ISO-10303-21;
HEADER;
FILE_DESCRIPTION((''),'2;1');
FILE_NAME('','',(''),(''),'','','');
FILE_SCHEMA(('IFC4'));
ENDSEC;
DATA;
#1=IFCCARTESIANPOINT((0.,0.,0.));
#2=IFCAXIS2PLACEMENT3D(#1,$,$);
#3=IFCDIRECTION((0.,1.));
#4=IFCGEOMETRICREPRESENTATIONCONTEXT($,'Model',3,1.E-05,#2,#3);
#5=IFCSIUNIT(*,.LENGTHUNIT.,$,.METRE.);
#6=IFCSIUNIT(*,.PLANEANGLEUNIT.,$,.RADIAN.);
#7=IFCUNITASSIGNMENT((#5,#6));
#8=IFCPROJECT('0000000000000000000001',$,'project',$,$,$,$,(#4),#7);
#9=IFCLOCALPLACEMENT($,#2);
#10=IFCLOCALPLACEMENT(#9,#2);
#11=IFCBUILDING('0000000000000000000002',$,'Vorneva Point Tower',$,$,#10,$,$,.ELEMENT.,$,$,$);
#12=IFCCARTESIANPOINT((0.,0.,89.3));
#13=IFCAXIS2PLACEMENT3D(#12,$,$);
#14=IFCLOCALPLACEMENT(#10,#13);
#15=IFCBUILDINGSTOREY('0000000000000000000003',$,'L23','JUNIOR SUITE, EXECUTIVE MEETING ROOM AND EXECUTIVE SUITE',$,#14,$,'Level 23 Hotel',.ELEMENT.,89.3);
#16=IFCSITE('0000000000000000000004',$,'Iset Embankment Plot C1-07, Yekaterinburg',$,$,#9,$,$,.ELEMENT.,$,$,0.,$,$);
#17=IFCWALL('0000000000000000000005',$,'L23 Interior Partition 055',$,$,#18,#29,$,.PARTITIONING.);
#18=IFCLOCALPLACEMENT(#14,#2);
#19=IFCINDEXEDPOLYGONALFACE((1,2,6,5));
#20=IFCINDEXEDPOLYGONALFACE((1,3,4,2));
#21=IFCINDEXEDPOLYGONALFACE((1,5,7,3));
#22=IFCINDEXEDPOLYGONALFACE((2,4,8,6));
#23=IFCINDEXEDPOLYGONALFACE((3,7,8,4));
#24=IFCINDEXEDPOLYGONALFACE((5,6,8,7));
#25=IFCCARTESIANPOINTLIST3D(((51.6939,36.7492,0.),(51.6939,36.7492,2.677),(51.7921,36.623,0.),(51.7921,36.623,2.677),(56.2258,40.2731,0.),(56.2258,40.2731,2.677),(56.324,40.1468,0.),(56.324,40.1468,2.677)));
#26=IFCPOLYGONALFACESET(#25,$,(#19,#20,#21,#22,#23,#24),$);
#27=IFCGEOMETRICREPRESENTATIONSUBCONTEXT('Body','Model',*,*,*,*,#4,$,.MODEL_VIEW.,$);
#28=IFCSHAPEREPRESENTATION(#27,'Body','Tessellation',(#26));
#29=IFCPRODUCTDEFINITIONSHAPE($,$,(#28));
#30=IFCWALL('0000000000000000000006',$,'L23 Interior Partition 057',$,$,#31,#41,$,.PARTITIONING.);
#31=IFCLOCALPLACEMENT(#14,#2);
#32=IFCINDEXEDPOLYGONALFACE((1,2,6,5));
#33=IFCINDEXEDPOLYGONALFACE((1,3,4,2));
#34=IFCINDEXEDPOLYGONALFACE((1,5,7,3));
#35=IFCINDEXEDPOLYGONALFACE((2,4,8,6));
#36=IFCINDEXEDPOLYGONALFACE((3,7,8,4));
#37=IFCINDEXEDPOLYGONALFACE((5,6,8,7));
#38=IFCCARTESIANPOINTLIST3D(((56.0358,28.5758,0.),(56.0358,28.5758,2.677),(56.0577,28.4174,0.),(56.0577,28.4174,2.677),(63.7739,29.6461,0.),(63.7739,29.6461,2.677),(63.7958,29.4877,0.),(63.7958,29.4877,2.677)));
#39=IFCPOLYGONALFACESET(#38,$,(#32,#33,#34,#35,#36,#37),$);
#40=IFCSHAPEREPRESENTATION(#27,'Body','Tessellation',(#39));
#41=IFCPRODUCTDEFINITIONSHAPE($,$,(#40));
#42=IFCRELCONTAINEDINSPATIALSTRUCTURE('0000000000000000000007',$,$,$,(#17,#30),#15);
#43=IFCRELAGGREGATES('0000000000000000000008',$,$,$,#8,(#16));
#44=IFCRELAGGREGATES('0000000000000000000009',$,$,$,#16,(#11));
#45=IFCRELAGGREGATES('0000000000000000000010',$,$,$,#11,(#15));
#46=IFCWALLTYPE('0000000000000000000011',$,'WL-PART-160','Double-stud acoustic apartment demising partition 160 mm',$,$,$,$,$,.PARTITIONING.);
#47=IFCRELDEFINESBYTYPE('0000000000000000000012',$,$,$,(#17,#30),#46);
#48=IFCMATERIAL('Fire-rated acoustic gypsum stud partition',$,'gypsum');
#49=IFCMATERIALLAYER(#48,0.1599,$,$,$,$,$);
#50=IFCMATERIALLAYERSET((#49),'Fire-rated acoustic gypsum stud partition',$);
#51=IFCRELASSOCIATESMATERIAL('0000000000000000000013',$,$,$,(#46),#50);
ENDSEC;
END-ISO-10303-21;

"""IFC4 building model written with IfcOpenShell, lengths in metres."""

from ifc_helpers import new_model, si_unit, direction, frame, frame_2d, origin, place, context, subcontext, project, spatial, rectangle, extrude, material, layer, layer_set, type_object, element, save


model = new_model("IFC4")

# Units and contexts
model_context = context("Model", 3, precision=1e-05, world=origin(), true_north=direction((0.0, 1.0)))
body_context = subcontext(model_context, "Body", "Model", "MODEL_VIEW")
ifc_project = project(units=[si_unit("LENGTHUNIT", "METRE"), si_unit("PLANEANGLEUNIT", "RADIAN")], contexts=[model_context])

# Site, building, storey
site_placement = place(None, origin())
site = spatial("IfcSite", under=ifc_project, at=site_placement, Name="Iset Embankment Plot C1-07, Yekaterinburg", CompositionType="ELEMENT", RefElevation=0.0)
building_placement = place(site_placement, origin())
building = spatial("IfcBuilding", under=site, at=building_placement, Name="Vorneva Point Tower", CompositionType="ELEMENT")
storey_placement = place(building_placement, frame((0.0, 0.0, 89.3)))
storey = spatial("IfcBuildingStorey", under=building, at=storey_placement, Name="L23", Description="JUNIOR SUITE, EXECUTIVE MEETING ROOM AND EXECUTIVE SUITE", LongName="Level 23 Hotel", CompositionType="ELEMENT", Elevation=89.3)

# Walls
ifc_material_1 = material(Name="Fire-rated acoustic gypsum stud partition", Category="gypsum")
ifc_layer_1 = layer(ifc_material_1, 0.1599)
ifc_layer_set_1 = layer_set([ifc_layer_1], Name="Fire-rated acoustic gypsum stud partition")
wall_type_1 = type_object("IfcWallType", Name="WL-PART-160", Description="Double-stud acoustic apartment demising partition 160 mm", PredefinedType="PARTITIONING", material=ifc_layer_set_1)
wall_1_placement = place(storey_placement, frame((56.2749, 40.21, 0.0), z_axis=(0.0, 0.0, 1.0), x_axis=(-0.789432, -0.613838, 0.0)))
element("IfcWall", 1, at=wall_1_placement, inside=storey, type_object=wall_type_1, Name="L23 Interior Partition 055", PredefinedType="PARTITIONING", context=body_context, shape_type="SweptSolid", body=[
    extrude(rectangle(XDim=5.7407, YDim=0.1599, at=frame_2d((2.8704, 0.0))), origin(), (0.0, 0.0, 1.0), 2.677),
])
wall_2_placement = place(storey_placement, frame((56.0469, 28.4966, 0.0), z_axis=(0.0, 0.0, 1.0), x_axis=(0.990569, 0.137014, 0.0)))
element("IfcWall", 2, at=wall_2_placement, inside=storey, type_object=wall_type_1, Name="L23 Interior Partition 057", PredefinedType="PARTITIONING", context=body_context, shape_type="SweptSolid", body=[
    extrude(rectangle(XDim=7.8118, YDim=0.1599, at=frame_2d((3.9058, 0.0))), origin(), (0.0, 0.0, 1.0), 2.677),
])

save(model, "model.ifc")
